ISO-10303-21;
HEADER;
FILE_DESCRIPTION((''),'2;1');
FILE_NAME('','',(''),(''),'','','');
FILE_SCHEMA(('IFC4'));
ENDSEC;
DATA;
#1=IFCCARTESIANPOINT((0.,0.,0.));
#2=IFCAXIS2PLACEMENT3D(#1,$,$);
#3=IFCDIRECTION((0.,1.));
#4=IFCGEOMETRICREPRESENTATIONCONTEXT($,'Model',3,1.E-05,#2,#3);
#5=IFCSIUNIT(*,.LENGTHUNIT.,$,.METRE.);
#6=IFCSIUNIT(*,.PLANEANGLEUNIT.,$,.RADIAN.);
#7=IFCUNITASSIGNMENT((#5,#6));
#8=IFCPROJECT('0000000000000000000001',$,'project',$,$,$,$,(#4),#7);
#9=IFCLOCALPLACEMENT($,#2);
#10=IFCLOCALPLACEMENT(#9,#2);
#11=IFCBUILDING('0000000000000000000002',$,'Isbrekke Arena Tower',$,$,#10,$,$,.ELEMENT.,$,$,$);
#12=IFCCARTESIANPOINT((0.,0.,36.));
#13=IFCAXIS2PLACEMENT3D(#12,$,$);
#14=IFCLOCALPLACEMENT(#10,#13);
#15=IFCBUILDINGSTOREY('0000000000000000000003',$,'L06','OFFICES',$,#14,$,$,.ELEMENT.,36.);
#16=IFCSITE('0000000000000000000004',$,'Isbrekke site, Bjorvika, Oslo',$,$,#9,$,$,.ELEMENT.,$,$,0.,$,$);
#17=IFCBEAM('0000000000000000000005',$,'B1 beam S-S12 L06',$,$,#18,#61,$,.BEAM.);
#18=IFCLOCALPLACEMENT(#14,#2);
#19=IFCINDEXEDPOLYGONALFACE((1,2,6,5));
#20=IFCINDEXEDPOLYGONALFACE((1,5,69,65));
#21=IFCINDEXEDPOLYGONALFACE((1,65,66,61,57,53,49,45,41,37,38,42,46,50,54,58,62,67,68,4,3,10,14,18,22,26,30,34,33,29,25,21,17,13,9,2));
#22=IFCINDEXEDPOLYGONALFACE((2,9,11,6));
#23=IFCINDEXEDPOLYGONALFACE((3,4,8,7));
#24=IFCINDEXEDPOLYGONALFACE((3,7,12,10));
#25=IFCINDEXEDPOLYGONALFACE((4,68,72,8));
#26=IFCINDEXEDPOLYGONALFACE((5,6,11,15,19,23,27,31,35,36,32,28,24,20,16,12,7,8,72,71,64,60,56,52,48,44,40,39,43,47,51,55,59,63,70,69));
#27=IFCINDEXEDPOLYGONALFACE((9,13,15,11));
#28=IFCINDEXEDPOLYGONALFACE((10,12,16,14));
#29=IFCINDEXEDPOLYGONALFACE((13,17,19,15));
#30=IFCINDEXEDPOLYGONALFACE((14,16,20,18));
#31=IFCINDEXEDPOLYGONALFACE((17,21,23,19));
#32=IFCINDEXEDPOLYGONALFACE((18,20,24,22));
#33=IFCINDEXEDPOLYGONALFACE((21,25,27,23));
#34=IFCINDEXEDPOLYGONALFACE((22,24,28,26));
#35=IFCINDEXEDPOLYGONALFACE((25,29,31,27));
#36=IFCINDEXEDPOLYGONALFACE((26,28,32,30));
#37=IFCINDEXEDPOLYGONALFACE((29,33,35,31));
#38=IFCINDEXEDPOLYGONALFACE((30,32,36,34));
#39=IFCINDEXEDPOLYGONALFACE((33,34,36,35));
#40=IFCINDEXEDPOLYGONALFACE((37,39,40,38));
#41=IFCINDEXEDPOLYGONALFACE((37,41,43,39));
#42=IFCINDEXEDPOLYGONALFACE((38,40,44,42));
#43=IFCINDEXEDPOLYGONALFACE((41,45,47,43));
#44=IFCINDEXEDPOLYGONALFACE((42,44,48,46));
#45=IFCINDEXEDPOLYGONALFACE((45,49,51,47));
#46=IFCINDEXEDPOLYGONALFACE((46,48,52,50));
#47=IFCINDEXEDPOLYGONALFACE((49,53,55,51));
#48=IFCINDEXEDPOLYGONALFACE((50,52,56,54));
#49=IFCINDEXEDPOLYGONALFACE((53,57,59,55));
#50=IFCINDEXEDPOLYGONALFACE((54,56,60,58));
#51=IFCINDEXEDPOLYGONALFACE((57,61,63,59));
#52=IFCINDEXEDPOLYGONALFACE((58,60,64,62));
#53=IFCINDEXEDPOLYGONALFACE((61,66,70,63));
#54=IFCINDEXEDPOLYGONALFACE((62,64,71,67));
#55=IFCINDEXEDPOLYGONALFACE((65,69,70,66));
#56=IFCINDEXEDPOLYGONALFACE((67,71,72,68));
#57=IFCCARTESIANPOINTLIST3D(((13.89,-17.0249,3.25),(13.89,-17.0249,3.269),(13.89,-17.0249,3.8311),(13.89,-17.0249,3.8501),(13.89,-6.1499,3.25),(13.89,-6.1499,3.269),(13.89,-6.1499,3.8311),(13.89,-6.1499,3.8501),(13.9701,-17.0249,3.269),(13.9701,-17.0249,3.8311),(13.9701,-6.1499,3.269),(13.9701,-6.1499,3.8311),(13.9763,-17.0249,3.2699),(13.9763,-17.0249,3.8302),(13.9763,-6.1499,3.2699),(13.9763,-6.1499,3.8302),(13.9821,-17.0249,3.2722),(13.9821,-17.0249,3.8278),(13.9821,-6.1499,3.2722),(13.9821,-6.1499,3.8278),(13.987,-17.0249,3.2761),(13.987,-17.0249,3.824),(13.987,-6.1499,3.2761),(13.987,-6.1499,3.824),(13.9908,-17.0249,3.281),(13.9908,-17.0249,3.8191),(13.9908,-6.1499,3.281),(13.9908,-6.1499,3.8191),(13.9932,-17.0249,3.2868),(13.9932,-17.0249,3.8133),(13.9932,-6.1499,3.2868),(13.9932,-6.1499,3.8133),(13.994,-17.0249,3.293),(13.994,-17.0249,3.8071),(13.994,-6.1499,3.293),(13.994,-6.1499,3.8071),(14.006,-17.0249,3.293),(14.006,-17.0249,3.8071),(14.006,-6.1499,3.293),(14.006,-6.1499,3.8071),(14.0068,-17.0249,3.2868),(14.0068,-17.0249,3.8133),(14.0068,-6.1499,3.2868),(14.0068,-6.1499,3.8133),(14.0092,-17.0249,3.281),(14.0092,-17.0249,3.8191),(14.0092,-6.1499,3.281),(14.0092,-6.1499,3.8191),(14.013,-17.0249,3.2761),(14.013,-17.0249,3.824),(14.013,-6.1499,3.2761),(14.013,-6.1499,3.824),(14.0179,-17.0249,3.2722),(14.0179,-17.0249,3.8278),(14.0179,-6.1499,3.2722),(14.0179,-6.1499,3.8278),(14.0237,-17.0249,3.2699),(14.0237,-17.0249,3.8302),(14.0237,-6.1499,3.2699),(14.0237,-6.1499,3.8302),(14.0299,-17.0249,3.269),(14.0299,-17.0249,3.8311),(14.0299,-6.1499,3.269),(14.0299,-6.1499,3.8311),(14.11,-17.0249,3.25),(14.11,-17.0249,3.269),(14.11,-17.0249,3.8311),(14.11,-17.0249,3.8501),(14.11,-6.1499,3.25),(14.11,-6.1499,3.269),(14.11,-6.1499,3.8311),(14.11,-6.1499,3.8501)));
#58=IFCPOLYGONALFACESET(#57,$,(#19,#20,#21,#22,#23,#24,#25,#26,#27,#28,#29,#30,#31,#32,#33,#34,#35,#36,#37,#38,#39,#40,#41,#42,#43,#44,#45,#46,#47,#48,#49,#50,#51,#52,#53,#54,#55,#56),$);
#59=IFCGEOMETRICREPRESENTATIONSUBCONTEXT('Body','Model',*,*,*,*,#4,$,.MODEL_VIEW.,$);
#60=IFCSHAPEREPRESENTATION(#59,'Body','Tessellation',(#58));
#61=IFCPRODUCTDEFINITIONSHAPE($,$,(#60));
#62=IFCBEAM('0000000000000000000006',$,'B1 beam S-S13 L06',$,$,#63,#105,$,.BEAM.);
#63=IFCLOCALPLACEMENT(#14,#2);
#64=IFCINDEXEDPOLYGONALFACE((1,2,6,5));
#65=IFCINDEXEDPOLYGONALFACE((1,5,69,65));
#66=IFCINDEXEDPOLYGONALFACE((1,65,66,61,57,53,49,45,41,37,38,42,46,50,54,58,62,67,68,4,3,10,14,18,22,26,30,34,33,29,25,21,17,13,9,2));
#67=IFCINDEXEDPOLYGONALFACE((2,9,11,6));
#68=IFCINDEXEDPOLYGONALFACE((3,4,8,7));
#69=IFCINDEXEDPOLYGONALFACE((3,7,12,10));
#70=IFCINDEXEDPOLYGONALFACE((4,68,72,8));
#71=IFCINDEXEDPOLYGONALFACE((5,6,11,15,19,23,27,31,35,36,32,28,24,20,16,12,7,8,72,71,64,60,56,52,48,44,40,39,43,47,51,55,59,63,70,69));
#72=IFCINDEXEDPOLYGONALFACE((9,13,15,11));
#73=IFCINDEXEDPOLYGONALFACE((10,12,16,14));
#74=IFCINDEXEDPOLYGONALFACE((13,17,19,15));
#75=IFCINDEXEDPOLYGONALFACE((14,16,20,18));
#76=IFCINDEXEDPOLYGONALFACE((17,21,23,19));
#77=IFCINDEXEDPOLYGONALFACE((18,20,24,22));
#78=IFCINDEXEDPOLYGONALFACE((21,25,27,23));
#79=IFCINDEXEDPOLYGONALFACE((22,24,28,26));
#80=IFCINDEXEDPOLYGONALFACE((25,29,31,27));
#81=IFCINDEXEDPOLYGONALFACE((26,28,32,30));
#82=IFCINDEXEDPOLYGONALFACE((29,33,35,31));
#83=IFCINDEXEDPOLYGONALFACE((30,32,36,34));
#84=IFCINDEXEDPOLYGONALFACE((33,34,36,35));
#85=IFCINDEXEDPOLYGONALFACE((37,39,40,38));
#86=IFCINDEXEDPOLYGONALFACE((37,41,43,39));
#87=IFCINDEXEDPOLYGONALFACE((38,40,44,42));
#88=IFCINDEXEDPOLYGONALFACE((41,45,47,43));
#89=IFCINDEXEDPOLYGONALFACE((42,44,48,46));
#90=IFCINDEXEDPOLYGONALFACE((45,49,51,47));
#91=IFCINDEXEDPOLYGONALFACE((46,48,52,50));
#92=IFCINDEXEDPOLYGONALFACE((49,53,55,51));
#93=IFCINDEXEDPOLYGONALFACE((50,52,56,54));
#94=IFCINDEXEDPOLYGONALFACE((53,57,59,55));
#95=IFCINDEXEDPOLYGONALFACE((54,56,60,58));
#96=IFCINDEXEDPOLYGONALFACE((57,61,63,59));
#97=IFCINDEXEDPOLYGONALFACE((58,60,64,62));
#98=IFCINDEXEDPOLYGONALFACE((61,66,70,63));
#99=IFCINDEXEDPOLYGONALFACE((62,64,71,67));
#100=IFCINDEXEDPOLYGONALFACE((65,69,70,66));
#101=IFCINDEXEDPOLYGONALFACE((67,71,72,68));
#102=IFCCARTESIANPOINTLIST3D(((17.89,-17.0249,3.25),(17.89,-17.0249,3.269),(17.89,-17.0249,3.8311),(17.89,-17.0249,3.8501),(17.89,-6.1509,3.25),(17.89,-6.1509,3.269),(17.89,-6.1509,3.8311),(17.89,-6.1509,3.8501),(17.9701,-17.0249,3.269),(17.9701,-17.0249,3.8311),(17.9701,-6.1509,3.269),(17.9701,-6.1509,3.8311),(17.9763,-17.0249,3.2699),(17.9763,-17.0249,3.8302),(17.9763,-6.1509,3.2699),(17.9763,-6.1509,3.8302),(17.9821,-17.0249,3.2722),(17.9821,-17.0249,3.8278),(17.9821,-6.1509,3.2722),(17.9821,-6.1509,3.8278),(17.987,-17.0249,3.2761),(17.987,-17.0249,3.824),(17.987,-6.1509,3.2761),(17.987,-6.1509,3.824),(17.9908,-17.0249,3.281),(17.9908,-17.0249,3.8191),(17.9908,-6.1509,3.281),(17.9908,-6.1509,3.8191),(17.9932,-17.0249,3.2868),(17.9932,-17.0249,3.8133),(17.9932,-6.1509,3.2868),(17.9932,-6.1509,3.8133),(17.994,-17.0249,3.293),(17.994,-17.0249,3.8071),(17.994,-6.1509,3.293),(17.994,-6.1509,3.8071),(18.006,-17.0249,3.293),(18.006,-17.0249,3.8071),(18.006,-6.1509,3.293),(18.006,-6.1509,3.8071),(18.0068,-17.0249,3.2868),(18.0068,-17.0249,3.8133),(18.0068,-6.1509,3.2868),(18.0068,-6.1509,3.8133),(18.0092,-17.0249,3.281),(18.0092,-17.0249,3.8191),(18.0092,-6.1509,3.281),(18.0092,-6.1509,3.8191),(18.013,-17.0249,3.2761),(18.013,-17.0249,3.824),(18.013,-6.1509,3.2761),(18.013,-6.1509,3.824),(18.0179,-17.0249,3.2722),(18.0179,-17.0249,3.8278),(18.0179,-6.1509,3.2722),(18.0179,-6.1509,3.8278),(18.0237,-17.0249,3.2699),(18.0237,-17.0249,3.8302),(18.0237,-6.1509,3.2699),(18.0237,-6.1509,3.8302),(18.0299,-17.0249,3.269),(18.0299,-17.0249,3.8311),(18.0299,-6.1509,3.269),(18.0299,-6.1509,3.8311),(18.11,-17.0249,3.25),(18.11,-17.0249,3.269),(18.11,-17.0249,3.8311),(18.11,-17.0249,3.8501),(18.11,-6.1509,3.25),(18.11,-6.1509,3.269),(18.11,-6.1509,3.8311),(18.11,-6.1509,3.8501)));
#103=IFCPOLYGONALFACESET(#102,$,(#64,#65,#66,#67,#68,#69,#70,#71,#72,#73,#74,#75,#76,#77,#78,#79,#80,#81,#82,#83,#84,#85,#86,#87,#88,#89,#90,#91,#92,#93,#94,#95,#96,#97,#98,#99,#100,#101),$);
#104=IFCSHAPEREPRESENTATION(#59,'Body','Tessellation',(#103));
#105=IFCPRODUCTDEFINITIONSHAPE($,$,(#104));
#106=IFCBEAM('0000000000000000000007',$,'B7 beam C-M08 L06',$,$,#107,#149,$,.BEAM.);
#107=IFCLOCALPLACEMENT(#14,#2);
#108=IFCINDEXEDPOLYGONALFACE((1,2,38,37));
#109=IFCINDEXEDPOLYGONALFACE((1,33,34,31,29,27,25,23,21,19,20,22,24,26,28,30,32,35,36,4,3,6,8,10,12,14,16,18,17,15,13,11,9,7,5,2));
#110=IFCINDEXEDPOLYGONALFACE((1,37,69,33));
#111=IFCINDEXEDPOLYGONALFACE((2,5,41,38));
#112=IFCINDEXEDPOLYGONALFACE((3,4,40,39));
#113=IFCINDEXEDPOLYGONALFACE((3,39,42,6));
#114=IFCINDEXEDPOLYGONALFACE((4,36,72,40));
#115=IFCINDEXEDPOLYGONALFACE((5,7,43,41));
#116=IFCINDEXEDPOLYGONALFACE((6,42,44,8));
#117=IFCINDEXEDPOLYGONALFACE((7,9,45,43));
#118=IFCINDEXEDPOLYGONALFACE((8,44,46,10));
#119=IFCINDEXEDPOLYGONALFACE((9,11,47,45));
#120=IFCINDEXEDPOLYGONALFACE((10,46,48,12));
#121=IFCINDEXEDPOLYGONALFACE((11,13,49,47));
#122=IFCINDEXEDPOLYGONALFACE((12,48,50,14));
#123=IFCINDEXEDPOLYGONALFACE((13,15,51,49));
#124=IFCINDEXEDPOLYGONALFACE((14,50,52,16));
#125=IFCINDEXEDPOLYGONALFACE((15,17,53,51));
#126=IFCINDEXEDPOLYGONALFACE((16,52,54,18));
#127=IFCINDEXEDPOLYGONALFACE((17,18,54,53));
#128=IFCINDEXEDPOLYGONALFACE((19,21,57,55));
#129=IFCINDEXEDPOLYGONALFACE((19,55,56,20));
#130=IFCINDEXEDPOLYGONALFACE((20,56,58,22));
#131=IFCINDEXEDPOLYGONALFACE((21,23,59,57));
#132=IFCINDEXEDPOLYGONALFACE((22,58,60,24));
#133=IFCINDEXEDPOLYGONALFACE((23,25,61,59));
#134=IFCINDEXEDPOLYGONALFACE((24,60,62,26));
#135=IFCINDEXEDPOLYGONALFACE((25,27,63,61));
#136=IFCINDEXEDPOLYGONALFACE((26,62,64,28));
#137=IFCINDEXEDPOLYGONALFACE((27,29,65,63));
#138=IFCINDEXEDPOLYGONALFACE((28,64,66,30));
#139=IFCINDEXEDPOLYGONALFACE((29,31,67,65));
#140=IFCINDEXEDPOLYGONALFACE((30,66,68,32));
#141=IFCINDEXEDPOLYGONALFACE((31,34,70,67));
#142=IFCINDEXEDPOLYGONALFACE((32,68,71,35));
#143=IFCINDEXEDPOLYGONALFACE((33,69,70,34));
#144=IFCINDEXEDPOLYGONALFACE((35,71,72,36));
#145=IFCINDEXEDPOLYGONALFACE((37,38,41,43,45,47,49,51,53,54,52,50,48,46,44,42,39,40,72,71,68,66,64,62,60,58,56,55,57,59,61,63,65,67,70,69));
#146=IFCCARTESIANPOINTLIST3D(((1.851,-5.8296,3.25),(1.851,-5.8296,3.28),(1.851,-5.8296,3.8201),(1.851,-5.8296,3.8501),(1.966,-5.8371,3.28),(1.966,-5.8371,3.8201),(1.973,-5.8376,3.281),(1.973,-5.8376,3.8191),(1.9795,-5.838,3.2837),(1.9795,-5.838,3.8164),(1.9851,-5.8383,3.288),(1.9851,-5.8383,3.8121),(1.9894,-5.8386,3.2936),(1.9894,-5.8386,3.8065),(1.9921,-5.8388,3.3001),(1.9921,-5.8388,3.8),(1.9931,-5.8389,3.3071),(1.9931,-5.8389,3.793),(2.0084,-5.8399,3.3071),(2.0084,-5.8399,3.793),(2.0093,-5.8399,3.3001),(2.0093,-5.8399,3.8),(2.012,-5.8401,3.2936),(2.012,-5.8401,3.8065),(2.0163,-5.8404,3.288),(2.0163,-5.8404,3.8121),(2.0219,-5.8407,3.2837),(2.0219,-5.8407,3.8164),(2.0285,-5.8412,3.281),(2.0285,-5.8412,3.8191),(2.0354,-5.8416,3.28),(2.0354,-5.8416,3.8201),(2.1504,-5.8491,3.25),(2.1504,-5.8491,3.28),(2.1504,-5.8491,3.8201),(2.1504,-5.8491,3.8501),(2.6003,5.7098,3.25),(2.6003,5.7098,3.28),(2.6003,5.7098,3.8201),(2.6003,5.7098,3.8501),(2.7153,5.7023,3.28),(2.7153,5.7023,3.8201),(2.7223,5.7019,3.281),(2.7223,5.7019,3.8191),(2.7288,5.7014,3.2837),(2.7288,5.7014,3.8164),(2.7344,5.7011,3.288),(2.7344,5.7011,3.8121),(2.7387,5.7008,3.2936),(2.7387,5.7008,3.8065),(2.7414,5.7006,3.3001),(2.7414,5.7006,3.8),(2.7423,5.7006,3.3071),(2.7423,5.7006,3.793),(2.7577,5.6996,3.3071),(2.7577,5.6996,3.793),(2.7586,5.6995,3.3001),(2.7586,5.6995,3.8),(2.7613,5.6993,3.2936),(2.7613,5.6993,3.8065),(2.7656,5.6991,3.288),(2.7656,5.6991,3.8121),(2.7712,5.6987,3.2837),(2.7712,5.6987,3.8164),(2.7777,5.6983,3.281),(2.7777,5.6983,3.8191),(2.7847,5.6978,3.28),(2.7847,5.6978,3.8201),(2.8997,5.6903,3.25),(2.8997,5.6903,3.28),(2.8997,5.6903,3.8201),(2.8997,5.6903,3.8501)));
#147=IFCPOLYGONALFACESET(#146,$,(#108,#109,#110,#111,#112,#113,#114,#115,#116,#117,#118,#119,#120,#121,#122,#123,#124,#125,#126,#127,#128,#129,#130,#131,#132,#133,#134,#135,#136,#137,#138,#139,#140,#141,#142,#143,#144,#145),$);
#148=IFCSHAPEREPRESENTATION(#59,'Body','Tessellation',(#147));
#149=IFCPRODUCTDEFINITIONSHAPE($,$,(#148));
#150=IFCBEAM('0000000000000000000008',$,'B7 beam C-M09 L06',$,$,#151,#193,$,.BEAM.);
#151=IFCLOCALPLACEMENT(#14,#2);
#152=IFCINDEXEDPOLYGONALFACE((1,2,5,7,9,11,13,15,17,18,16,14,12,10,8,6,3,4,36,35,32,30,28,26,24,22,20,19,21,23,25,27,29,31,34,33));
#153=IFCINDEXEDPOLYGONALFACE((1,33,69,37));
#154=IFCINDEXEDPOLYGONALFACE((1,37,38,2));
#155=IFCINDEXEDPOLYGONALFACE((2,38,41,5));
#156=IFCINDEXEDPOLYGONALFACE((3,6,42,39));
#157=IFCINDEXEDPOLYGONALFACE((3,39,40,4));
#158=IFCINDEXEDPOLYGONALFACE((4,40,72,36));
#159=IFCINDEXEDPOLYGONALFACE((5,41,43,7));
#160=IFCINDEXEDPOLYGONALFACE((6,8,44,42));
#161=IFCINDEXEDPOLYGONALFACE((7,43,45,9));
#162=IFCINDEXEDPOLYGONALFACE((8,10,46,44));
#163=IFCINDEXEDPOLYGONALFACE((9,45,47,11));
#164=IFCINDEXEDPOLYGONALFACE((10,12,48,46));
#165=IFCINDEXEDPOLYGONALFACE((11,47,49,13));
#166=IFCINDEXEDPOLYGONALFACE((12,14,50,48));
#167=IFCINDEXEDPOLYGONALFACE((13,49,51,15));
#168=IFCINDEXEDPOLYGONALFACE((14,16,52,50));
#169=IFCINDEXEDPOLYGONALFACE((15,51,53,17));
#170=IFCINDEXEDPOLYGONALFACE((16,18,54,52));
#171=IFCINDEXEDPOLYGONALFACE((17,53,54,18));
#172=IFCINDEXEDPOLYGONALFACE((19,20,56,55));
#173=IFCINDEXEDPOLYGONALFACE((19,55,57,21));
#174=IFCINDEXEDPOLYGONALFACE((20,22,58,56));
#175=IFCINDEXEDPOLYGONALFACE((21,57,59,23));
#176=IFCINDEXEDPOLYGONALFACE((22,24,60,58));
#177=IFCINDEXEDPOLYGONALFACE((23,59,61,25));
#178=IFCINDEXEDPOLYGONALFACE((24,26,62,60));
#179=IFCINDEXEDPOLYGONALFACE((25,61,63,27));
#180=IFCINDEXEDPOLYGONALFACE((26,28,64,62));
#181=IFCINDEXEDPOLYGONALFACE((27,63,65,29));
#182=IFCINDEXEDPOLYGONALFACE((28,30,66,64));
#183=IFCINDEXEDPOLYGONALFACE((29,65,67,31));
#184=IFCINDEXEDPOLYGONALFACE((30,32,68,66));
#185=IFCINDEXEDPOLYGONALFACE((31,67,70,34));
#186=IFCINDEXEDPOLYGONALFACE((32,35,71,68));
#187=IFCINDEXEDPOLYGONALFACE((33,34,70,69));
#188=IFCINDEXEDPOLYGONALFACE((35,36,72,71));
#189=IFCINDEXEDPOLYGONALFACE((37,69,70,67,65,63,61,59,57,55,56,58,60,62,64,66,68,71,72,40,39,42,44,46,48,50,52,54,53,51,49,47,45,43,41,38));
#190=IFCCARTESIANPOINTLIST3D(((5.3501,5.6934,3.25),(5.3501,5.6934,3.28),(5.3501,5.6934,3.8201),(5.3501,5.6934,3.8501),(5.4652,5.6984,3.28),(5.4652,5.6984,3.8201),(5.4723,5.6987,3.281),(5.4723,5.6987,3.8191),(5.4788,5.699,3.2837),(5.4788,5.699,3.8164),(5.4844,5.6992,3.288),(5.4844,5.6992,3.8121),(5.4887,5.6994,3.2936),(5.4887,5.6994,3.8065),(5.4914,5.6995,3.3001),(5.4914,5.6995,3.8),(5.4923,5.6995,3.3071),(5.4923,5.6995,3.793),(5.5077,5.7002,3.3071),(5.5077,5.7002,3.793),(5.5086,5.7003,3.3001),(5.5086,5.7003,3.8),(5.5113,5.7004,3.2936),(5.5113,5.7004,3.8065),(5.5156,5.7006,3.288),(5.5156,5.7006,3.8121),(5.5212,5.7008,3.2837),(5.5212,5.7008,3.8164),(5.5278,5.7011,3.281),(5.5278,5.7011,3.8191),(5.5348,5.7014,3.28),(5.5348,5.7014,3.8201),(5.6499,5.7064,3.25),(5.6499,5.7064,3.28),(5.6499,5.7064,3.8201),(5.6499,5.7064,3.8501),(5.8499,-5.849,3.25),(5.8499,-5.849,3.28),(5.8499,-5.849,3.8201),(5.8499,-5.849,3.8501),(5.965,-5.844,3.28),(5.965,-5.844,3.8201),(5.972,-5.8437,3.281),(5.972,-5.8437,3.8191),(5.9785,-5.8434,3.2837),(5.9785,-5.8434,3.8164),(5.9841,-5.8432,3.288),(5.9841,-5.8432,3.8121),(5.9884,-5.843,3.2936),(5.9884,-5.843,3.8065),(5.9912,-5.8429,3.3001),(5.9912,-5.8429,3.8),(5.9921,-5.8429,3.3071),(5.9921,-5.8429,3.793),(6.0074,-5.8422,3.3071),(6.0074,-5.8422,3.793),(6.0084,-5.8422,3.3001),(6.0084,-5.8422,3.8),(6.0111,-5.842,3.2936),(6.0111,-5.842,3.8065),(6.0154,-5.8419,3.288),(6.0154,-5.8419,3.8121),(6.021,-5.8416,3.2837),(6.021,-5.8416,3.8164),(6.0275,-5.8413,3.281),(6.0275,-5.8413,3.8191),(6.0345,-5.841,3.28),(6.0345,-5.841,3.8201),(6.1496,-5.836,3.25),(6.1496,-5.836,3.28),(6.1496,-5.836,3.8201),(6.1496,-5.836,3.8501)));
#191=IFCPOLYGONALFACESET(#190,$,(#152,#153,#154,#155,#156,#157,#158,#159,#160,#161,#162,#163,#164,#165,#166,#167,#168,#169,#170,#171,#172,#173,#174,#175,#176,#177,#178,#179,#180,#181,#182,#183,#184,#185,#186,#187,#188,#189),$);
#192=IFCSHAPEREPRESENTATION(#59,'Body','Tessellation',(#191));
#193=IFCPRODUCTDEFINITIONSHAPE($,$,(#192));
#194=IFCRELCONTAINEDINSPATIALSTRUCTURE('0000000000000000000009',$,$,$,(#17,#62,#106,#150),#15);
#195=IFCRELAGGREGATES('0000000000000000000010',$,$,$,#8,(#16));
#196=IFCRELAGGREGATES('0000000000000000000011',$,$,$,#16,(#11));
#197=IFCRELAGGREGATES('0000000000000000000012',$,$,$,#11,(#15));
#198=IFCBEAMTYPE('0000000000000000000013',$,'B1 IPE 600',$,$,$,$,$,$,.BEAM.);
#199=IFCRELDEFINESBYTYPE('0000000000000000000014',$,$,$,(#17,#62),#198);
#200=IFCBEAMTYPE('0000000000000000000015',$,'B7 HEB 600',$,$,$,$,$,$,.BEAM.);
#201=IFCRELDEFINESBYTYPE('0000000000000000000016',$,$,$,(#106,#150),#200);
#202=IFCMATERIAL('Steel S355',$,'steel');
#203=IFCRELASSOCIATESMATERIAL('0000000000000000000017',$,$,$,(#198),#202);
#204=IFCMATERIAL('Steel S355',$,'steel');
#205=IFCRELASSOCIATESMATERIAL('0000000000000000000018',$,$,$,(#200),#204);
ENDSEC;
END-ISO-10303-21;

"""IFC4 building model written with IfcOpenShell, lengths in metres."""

from ifc_helpers import new_model, si_unit, direction, frame, origin, origin_2d, place, context, subcontext, project, spatial, i_section, extrude, material, material_profile, profile_set, type_object, element, save


model = new_model("IFC4")

# Units and contexts
model_context = context("Model", 3, precision=1e-05, world=origin(), true_north=direction((0.0, 1.0)))
body_context = subcontext(model_context, "Body", "Model", "MODEL_VIEW")
ifc_project = project(units=[si_unit("LENGTHUNIT", "METRE"), si_unit("PLANEANGLEUNIT", "RADIAN")], contexts=[model_context])

# Site, building, storey
site_placement = place(None, origin())
site = spatial("IfcSite", under=ifc_project, at=site_placement, Name="Isbrekke site, Bjorvika, Oslo", CompositionType="ELEMENT", RefElevation=0.0)
building_placement = place(site_placement, origin())
building = spatial("IfcBuilding", under=site, at=building_placement, Name="Isbrekke Arena Tower", CompositionType="ELEMENT")
storey_placement = place(building_placement, frame((0.0, 0.0, 36.0)))
storey = spatial("IfcBuildingStorey", under=building, at=storey_placement, Name="L06", Description="OFFICES", CompositionType="ELEMENT", Elevation=36.0)

# Beams
ifc_material_1 = material(Name="Steel S355", Category="steel")
ifc_material_profile_1 = material_profile(ifc_material_1, i_section(OverallWidth=0.22, OverallDepth=0.6001, WebThickness=0.012, FlangeThickness=0.019, FilletRadius=0.0239, at=origin_2d()), Name="IPE 600")
ifc_profile_set_1 = profile_set([ifc_material_profile_1], Name="Steel S355")
beam_type_1 = type_object("IfcBeamType", Name="B1 IPE 600", PredefinedType="BEAM", material=ifc_profile_set_1)
beam_1_placement = place(storey_placement, frame((14.0, -17.0249, 3.55), z_axis=(0.0, 1.0, 0.0), x_axis=(-1.0, 0.0, 0.0)))
element("IfcBeam", 1, at=beam_1_placement, inside=storey, type_object=beam_type_1, Name="B1 beam S-S12 L06", PredefinedType="BEAM", context=body_context, shape_type="SweptSolid", body=[
    extrude(i_section(OverallWidth=0.22, OverallDepth=0.6001, WebThickness=0.012, FlangeThickness=0.019, FilletRadius=0.0239, at=origin_2d()), origin(), (0.0, 0.0, 1.0), 10.875),
])
beam_2_placement = place(storey_placement, frame((18.0, -17.0249, 3.55), z_axis=(0.0, 1.0, 0.0), x_axis=(-1.0, 0.0, 0.0)))
element("IfcBeam", 2, at=beam_2_placement, inside=storey, type_object=beam_type_1, Name="B1 beam S-S13 L06", PredefinedType="BEAM", context=body_context, shape_type="SweptSolid", body=[
    extrude(i_section(OverallWidth=0.22, OverallDepth=0.6001, WebThickness=0.012, FlangeThickness=0.019, FilletRadius=0.0239, at=origin_2d()), origin(), (0.0, 0.0, 1.0), 10.874),
])
ifc_material_2 = material(Name="Steel S355", Category="steel")
ifc_material_profile_2 = material_profile(ifc_material_2, i_section(OverallWidth=0.3, OverallDepth=0.6001, WebThickness=0.0154, FlangeThickness=0.03, FilletRadius=0.0271, at=origin_2d()), Name="HEB 600")
ifc_profile_set_2 = profile_set([ifc_material_profile_2], Name="Steel S355")
beam_type_2 = type_object("IfcBeamType", Name="B7 HEB 600", PredefinedType="BEAM", material=ifc_profile_set_2)
beam_3_placement = place(storey_placement, frame((2.0007, -5.8394, 3.55), z_axis=(0.064795, 0.997899, 0.0), x_axis=(-0.997899, 0.064795, 0.0)))
element("IfcBeam", 3, at=beam_3_placement, inside=storey, type_object=beam_type_2, Name="B7 beam C-M08 L06", PredefinedType="BEAM", context=body_context, shape_type="SweptSolid", body=[
    extrude(i_section(OverallWidth=0.3, OverallDepth=0.6001, WebThickness=0.0154, FlangeThickness=0.03, FilletRadius=0.0271, at=origin_2d()), origin(), (0.0, 0.0, 1.0), 11.5637),
])
beam_4_placement = place(storey_placement, frame((5.9998, -5.8425, 3.55), z_axis=(-0.043257, 0.999064, 0.0), x_axis=(-0.999064, -0.043257, 0.0)))
element("IfcBeam", 4, at=beam_4_placement, inside=storey, type_object=beam_type_2, Name="B7 beam C-M09 L06", PredefinedType="BEAM", context=body_context, shape_type="SweptSolid", body=[
    extrude(i_section(OverallWidth=0.3, OverallDepth=0.6001, WebThickness=0.0154, FlangeThickness=0.03, FilletRadius=0.0271, at=origin_2d()), origin(), (0.0, 0.0, 1.0), 11.5532),
])

save(model, "model.ifc")
